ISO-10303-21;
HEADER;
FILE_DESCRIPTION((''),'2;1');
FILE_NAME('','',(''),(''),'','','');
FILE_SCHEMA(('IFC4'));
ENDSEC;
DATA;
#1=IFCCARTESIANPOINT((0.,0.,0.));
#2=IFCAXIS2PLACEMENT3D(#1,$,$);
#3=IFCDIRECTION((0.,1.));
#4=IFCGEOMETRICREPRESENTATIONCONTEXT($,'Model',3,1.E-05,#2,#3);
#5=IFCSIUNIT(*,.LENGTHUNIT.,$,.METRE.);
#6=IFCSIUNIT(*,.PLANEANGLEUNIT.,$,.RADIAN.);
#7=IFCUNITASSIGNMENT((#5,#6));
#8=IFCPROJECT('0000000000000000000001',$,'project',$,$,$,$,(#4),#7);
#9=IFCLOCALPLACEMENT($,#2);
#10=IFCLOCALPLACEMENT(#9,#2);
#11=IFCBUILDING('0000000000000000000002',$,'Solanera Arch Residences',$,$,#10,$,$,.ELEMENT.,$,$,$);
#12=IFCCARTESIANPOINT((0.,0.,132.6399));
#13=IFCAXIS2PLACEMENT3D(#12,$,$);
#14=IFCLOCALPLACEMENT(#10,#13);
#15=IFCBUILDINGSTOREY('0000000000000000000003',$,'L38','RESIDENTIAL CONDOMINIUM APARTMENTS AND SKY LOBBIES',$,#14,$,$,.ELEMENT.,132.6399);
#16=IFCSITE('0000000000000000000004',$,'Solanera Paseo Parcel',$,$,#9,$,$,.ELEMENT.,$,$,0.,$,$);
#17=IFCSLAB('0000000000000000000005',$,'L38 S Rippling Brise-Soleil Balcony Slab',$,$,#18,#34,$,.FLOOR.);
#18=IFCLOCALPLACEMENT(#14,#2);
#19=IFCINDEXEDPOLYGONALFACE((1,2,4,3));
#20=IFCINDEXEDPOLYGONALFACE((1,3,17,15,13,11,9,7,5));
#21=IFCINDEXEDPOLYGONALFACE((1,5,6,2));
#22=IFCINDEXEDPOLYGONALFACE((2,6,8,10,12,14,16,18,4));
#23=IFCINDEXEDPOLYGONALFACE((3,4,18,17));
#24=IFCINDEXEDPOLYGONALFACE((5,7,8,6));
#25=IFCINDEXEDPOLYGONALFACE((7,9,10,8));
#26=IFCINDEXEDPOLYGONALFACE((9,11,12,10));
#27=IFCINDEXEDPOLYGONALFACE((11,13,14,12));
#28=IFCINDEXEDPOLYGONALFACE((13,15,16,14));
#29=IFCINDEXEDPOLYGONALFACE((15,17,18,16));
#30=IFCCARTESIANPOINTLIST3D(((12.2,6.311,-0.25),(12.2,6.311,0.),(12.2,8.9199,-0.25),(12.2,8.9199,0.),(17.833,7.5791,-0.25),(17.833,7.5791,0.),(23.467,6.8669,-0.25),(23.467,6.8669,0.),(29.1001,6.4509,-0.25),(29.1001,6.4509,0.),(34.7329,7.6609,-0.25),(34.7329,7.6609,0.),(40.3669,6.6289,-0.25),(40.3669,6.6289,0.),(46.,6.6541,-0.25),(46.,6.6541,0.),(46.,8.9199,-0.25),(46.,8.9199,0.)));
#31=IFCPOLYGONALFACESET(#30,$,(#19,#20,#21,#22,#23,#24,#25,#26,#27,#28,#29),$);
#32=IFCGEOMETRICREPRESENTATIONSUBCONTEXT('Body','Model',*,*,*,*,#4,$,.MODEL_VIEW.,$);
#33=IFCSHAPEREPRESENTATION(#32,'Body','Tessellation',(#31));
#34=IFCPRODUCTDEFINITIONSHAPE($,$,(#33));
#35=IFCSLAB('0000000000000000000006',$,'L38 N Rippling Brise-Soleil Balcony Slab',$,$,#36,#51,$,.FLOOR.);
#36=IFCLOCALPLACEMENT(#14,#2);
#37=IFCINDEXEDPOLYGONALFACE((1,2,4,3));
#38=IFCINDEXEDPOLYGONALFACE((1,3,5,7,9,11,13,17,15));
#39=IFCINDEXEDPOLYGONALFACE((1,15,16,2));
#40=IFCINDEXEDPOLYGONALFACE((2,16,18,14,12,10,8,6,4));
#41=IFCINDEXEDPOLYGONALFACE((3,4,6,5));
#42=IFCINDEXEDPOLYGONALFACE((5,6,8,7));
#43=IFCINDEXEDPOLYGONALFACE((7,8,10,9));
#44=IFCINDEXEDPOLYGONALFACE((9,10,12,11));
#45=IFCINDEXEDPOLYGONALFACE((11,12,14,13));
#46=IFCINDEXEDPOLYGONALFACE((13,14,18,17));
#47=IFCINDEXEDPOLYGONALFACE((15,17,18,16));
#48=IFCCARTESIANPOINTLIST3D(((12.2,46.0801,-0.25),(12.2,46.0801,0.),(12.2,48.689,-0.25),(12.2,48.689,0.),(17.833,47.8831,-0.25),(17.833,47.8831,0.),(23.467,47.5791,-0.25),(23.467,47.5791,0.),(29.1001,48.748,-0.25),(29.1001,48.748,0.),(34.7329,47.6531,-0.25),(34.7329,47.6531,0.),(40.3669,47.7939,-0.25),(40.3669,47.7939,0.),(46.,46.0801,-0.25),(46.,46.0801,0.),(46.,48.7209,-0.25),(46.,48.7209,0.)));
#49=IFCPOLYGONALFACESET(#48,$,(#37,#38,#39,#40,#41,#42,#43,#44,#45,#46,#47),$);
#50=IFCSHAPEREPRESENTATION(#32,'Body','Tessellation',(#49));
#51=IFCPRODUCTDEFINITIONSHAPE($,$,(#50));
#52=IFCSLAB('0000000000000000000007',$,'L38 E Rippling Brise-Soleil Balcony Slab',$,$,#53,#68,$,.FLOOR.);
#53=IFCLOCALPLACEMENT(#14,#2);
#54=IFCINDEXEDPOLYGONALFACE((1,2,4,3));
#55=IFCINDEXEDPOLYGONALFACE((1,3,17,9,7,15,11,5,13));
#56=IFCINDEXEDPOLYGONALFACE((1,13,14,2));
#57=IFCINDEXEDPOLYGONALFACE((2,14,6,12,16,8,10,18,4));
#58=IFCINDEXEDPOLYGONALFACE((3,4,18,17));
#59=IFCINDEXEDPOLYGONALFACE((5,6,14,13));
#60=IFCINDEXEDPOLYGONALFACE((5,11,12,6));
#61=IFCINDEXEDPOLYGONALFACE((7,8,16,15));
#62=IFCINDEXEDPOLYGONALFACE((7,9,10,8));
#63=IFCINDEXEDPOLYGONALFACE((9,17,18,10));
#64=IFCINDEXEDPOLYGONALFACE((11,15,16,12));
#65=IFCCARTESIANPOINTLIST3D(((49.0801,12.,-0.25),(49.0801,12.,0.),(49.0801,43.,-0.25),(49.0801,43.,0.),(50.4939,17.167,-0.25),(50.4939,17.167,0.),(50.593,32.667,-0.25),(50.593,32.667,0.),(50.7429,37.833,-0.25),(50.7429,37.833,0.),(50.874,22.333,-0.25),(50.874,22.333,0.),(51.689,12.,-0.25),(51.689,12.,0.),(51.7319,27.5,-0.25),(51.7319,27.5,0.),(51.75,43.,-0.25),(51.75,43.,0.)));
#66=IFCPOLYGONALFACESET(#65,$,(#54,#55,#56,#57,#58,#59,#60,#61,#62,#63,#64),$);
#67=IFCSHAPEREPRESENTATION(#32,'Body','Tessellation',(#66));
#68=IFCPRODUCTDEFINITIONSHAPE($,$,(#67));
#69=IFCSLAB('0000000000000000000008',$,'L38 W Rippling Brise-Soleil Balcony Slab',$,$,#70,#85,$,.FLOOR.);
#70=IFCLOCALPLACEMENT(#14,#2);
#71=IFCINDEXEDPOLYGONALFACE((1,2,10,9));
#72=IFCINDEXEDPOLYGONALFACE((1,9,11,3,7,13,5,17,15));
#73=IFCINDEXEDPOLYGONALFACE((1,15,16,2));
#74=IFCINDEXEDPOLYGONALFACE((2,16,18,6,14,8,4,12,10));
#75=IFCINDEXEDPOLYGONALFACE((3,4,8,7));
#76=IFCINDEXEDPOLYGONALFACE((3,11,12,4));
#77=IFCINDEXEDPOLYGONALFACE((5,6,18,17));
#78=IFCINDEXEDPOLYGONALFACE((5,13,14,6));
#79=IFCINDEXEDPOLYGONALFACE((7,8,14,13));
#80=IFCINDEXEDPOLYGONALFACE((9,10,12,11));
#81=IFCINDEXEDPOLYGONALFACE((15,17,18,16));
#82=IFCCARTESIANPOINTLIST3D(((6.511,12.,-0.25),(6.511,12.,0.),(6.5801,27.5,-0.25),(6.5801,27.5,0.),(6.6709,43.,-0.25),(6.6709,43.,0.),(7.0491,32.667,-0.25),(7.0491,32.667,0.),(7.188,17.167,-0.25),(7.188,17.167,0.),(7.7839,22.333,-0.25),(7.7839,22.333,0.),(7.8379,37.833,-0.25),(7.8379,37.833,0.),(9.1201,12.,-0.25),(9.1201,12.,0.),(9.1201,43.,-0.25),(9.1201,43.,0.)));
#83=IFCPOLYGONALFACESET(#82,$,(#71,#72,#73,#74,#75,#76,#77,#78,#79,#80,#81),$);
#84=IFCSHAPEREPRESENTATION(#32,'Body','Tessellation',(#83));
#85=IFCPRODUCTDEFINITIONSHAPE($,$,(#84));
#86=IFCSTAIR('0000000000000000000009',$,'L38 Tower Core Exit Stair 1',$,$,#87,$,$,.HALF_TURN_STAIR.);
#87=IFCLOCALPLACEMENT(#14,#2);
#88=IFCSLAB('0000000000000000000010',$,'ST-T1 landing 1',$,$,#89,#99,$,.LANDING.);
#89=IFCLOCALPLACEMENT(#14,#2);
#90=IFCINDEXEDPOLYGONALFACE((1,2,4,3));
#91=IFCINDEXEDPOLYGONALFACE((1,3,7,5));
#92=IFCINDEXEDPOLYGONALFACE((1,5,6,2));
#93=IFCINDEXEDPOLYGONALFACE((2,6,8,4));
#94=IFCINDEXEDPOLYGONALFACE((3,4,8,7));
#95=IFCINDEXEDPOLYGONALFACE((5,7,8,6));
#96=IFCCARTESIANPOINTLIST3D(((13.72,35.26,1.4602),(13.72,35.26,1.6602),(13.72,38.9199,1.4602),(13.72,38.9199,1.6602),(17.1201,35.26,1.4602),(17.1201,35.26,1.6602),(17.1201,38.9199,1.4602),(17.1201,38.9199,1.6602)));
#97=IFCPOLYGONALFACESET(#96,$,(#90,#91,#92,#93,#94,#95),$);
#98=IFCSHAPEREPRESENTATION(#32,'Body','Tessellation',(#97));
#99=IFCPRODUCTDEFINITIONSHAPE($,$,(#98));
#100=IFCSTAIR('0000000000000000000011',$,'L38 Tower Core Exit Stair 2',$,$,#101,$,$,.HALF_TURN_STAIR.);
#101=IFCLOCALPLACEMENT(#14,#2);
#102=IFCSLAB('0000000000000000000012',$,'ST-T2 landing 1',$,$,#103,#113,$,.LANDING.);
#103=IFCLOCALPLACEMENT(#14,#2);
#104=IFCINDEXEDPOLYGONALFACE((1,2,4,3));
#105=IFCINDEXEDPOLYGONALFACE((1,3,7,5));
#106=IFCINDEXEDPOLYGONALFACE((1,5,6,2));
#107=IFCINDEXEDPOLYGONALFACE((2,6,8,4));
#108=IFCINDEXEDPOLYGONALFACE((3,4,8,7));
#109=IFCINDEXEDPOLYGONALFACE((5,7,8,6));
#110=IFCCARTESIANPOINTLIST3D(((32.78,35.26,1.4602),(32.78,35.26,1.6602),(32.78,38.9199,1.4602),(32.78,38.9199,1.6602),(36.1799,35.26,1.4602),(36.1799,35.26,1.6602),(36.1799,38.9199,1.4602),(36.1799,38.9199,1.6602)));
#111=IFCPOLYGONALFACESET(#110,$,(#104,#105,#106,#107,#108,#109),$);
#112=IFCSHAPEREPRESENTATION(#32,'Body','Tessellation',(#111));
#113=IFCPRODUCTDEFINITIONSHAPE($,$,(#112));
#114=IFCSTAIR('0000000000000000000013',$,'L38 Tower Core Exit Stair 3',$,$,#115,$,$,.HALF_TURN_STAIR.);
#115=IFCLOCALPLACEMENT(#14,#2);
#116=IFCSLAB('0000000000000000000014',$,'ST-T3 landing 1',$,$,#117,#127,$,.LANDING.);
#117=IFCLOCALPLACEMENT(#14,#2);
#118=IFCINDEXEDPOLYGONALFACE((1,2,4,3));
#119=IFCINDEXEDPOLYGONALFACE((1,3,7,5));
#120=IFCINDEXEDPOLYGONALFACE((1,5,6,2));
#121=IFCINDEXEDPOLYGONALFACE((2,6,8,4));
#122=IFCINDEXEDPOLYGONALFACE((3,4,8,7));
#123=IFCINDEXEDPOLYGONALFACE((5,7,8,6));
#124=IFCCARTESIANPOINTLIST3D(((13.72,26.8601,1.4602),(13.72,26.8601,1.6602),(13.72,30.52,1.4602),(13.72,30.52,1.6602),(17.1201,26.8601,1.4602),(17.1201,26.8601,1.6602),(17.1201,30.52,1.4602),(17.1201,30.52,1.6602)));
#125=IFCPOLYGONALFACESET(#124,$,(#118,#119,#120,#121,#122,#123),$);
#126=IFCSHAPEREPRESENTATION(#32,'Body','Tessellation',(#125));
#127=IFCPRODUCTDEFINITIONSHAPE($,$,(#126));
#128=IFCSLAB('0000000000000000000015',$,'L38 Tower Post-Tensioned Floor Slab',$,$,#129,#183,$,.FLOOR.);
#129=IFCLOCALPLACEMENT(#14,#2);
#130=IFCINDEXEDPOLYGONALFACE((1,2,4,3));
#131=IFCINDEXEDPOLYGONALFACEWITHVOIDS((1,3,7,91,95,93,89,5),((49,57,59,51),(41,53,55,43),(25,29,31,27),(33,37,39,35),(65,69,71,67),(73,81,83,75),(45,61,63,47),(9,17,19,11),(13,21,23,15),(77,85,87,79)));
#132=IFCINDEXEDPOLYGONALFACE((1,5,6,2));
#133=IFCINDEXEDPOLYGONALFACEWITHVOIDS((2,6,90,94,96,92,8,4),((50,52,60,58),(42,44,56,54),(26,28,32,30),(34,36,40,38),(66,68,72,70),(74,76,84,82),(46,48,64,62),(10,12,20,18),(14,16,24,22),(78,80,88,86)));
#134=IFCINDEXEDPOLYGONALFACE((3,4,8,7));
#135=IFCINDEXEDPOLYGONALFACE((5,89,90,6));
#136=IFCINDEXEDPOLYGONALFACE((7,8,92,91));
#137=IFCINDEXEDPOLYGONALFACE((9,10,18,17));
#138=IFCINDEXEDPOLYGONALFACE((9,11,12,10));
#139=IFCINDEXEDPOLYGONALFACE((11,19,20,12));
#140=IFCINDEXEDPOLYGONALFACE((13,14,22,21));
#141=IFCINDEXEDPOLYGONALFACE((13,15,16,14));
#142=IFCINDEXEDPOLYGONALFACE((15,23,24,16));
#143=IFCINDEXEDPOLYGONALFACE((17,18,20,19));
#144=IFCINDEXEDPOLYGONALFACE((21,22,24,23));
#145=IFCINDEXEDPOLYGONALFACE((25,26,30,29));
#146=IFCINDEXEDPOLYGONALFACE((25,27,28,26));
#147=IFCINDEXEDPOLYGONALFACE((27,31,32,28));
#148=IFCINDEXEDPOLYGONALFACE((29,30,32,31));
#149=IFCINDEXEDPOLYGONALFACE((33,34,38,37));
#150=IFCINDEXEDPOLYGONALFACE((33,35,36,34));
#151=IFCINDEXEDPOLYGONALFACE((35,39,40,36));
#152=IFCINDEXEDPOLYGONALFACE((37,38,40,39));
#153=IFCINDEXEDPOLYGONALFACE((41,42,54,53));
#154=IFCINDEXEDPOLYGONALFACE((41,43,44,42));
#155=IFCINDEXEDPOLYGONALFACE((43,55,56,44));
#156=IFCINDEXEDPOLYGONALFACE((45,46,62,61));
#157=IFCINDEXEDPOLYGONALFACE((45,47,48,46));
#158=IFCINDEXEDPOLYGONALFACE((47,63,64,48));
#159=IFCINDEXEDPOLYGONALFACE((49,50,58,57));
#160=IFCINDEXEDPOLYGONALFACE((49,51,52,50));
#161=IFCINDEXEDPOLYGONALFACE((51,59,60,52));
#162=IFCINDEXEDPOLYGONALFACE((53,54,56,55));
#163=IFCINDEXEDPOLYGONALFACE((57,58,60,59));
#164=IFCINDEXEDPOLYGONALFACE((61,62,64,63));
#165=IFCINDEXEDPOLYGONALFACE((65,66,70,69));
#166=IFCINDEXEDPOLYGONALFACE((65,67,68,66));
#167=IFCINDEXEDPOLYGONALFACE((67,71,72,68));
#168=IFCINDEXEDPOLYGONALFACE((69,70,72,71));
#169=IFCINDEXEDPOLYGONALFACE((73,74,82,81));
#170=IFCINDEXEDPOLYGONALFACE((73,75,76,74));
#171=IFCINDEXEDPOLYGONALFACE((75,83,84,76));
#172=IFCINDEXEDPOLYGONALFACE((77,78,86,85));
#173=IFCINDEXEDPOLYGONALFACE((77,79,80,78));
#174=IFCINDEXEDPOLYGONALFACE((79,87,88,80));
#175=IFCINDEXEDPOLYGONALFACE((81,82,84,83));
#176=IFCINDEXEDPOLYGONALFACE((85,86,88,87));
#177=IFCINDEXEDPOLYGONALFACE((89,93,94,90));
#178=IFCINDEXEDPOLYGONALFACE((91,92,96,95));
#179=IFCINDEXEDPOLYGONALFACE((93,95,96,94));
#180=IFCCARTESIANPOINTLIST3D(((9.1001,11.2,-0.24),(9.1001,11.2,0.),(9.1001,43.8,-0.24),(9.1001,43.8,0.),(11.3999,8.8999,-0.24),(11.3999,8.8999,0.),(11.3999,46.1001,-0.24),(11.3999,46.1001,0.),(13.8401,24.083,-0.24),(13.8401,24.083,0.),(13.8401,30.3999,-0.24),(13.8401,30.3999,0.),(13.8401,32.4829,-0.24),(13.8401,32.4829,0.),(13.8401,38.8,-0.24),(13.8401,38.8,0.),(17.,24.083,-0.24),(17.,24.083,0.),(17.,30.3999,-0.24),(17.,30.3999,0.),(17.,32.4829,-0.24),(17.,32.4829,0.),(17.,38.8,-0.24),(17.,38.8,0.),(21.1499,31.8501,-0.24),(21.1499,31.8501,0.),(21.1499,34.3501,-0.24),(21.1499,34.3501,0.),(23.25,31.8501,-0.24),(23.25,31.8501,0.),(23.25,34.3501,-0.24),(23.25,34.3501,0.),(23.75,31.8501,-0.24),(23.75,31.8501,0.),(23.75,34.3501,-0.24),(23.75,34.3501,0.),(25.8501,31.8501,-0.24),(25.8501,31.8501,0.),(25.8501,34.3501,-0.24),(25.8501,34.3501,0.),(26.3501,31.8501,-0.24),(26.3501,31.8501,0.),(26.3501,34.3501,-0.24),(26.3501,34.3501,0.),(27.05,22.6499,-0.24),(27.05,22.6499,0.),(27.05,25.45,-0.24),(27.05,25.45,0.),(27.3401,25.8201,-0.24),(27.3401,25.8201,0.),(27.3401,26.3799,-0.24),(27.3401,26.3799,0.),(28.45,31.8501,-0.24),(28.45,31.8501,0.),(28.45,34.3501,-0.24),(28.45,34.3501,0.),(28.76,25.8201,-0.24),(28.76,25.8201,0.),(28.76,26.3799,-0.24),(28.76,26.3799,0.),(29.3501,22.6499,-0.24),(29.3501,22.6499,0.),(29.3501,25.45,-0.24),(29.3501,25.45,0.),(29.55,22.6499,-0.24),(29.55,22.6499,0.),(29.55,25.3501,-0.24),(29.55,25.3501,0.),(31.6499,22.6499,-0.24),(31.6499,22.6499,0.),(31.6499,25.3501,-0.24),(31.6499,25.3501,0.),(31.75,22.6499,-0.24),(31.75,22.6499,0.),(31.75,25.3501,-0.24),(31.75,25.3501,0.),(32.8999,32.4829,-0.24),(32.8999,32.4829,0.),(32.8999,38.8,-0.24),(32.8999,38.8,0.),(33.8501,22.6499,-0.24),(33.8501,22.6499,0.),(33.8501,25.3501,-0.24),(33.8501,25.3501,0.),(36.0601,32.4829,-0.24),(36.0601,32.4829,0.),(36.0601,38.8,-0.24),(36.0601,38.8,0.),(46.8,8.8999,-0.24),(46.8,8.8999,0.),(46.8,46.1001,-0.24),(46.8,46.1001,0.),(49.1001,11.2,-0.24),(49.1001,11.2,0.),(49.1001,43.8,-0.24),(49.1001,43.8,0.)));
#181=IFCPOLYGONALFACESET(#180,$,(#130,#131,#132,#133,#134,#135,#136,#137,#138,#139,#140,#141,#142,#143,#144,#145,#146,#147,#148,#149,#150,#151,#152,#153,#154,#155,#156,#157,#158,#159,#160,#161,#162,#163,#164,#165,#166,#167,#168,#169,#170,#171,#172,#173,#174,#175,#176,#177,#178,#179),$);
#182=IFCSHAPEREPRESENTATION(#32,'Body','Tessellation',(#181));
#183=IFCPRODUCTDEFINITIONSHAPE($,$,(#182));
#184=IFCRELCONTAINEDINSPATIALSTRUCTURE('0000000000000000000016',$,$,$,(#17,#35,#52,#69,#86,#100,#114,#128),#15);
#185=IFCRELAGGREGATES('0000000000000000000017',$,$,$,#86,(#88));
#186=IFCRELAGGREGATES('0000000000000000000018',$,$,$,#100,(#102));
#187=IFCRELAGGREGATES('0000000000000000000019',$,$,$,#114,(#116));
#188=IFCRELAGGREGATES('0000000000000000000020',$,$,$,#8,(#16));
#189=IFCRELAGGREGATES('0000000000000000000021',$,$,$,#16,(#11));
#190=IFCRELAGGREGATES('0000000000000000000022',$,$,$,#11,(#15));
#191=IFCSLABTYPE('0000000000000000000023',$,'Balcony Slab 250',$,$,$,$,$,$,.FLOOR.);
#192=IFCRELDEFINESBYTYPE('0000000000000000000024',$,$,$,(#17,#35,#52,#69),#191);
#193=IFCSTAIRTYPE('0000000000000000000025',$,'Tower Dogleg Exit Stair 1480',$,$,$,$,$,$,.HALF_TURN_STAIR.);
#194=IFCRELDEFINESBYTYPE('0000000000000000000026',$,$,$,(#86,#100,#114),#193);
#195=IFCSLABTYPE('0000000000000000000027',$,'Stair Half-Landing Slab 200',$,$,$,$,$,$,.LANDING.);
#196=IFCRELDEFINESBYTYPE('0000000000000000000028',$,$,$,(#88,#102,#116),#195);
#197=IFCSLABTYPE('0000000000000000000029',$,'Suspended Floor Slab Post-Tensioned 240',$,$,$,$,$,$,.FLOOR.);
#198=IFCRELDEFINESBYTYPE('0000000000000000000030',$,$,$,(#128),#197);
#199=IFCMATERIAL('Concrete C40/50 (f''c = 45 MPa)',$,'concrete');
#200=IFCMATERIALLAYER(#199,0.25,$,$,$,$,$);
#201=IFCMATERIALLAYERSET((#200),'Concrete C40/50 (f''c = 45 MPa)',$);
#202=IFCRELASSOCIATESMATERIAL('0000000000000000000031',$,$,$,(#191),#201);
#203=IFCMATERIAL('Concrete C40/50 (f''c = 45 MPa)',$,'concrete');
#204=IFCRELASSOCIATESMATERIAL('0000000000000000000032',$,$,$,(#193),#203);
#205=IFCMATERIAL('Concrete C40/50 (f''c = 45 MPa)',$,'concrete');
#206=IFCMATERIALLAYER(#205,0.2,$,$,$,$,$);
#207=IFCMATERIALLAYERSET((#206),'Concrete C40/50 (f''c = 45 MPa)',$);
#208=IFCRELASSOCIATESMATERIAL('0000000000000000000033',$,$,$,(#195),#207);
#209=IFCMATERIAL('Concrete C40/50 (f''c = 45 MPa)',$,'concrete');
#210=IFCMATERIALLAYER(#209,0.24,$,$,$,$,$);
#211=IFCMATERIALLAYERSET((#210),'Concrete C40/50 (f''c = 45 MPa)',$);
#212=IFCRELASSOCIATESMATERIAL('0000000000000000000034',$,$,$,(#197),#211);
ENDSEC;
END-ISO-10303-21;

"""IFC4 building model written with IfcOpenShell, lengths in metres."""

from ifc_helpers import new_model, si_unit, direction, frame, origin, place, context, subcontext, project, spatial, polyline, outline, extrude, material, layer, layer_set, type_object, element, aggregate, save


model = new_model("IFC4")

# Units and contexts
model_context = context("Model", 3, precision=1e-05, world=origin(), true_north=direction((0.0, 1.0)))
body_context = subcontext(model_context, "Body", "Model", "MODEL_VIEW")
ifc_project = project(units=[si_unit("LENGTHUNIT", "METRE"), si_unit("PLANEANGLEUNIT", "RADIAN")], contexts=[model_context])

# Site, building, storey
site_placement = place(None, origin())
site = spatial("IfcSite", under=ifc_project, at=site_placement, Name="Solanera Paseo Parcel", CompositionType="ELEMENT", RefElevation=0.0)
building_placement = place(site_placement, origin())
building = spatial("IfcBuilding", under=site, at=building_placement, Name="Solanera Arch Residences", CompositionType="ELEMENT")
storey_placement = place(building_placement, frame((0.0, 0.0, 132.6399)))
storey = spatial("IfcBuildingStorey", under=building, at=storey_placement, Name="L38", Description="RESIDENTIAL CONDOMINIUM APARTMENTS AND SKY LOBBIES", CompositionType="ELEMENT", Elevation=132.6399)

# Slabs
ifc_material_1 = material(Name="Concrete C40/50 (f'c = 45 MPa)", Category="concrete")
ifc_layer_1 = layer(ifc_material_1, 0.25)
ifc_layer_set_1 = layer_set([ifc_layer_1], Name="Concrete C40/50 (f'c = 45 MPa)")
slab_type_1 = type_object("IfcSlabType", Name="Balcony Slab 250", PredefinedType="FLOOR", material=ifc_layer_set_1)
slab_1_placement = place(storey_placement, frame((0.0, 0.0, -0.25)))
element("IfcSlab", 1, at=slab_1_placement, inside=storey, type_object=slab_type_1, Name="L38 S Rippling Brise-Soleil Balcony Slab", PredefinedType="FLOOR", context=body_context, shape_type="SweptSolid", body=[
    extrude(outline(polyline([(12.2, 6.311), (17.833, 7.5791), (23.467, 6.8669), (29.1001, 6.4509), (34.7329, 7.6609), (40.3669, 6.6289), (46.0, 6.6541), (46.0, 8.9199), (12.2, 8.9199), (12.2, 6.311)])), origin(), (0.0, 0.0, 1.0), 0.25),
])
slab_2_placement = place(storey_placement, frame((0.0, 0.0, -0.25)))
element("IfcSlab", 2, at=slab_2_placement, inside=storey, type_object=slab_type_1, Name="L38 N Rippling Brise-Soleil Balcony Slab", PredefinedType="FLOOR", context=body_context, shape_type="SweptSolid", body=[
    extrude(outline(polyline([(46.0, 48.7209), (40.3669, 47.7939), (34.7329, 47.6531), (29.1001, 48.748), (23.467, 47.5791), (17.833, 47.8831), (12.2, 48.689), (12.2, 46.0801), (46.0, 46.0801), (46.0, 48.7209)])), origin(), (0.0, 0.0, 1.0), 0.25),
])
slab_3_placement = place(storey_placement, frame((0.0, 0.0, -0.25)))
element("IfcSlab", 3, at=slab_3_placement, inside=storey, type_object=slab_type_1, Name="L38 E Rippling Brise-Soleil Balcony Slab", PredefinedType="FLOOR", context=body_context, shape_type="SweptSolid", body=[
    extrude(outline(polyline([(51.689, 12.0), (50.4939, 17.167), (50.874, 22.333), (51.7319, 27.5), (50.593, 32.667), (50.7429, 37.833), (51.75, 43.0), (49.0801, 43.0), (49.0801, 12.0), (51.689, 12.0)])), origin(), (0.0, 0.0, 1.0), 0.25),
])
slab_4_placement = place(storey_placement, frame((0.0, 0.0, -0.25)))
element("IfcSlab", 4, at=slab_4_placement, inside=storey, type_object=slab_type_1, Name="L38 W Rippling Brise-Soleil Balcony Slab", PredefinedType="FLOOR", context=body_context, shape_type="SweptSolid", body=[
    extrude(outline(polyline([(6.6709, 43.0), (7.8379, 37.833), (7.0491, 32.667), (6.5801, 27.5), (7.7839, 22.333), (7.188, 17.167), (6.511, 12.0), (9.1201, 12.0), (9.1201, 43.0), (6.6709, 43.0)])), origin(), (0.0, 0.0, 1.0), 0.25),
])

# Stairs, slabs
ifc_material_2 = material(Name="Concrete C40/50 (f'c = 45 MPa)", Category="concrete")
stair_type = type_object("IfcStairType", Name="Tower Dogleg Exit Stair 1480", PredefinedType="HALF_TURN_STAIR", material=ifc_material_2)
stair_1_placement = place(storey_placement, origin())
stair_1 = element("IfcStair", 5, at=stair_1_placement, inside=storey, type_object=stair_type, Name="L38 Tower Core Exit Stair 1", PredefinedType="HALF_TURN_STAIR")
ifc_material_3 = material(Name="Concrete C40/50 (f'c = 45 MPa)", Category="concrete")
ifc_layer_2 = layer(ifc_material_3, 0.2)
ifc_layer_set_2 = layer_set([ifc_layer_2], Name="Concrete C40/50 (f'c = 45 MPa)")
slab_type_2 = type_object("IfcSlabType", Name="Stair Half-Landing Slab 200", PredefinedType="LANDING", material=ifc_layer_set_2)
slab_5_placement = place(storey_placement, frame((0.0, 0.0, 1.4602)))
slab_5 = element("IfcSlab", 6, at=slab_5_placement, type_object=slab_type_2, Name="ST-T1 landing 1", PredefinedType="LANDING", context=body_context, shape_type="SweptSolid", body=[
    extrude(outline(polyline([(17.1201, 35.26), (17.1201, 38.9199), (13.72, 38.9199), (13.72, 35.26), (17.1201, 35.26)])), origin(), (0.0, 0.0, 1.0), 0.2),
])
aggregate(stair_1, [slab_5])
stair_2_placement = place(storey_placement, origin())
stair_2 = element("IfcStair", 7, at=stair_2_placement, inside=storey, type_object=stair_type, Name="L38 Tower Core Exit Stair 2", PredefinedType="HALF_TURN_STAIR")
slab_6_placement = place(storey_placement, frame((0.0, 0.0, 1.4602)))
slab_6 = element("IfcSlab", 8, at=slab_6_placement, type_object=slab_type_2, Name="ST-T2 landing 1", PredefinedType="LANDING", context=body_context, shape_type="SweptSolid", body=[
    extrude(outline(polyline([(36.1799, 35.26), (36.1799, 38.9199), (32.78, 38.9199), (32.78, 35.26), (36.1799, 35.26)])), origin(), (0.0, 0.0, 1.0), 0.2),
])
aggregate(stair_2, [slab_6])
stair_3_placement = place(storey_placement, origin())
stair_3 = element("IfcStair", 9, at=stair_3_placement, inside=storey, type_object=stair_type, Name="L38 Tower Core Exit Stair 3", PredefinedType="HALF_TURN_STAIR")
slab_7_placement = place(storey_placement, frame((0.0, 0.0, 1.4602)))
slab_7 = element("IfcSlab", 10, at=slab_7_placement, type_object=slab_type_2, Name="ST-T3 landing 1", PredefinedType="LANDING", context=body_context, shape_type="SweptSolid", body=[
    extrude(outline(polyline([(17.1201, 26.8601), (17.1201, 30.52), (13.72, 30.52), (13.72, 26.8601), (17.1201, 26.8601)])), origin(), (0.0, 0.0, 1.0), 0.2),
])
aggregate(stair_3, [slab_7])

# Slab
ifc_material_4 = material(Name="Concrete C40/50 (f'c = 45 MPa)", Category="concrete")
ifc_layer_3 = layer(ifc_material_4, 0.24)
ifc_layer_set_3 = layer_set([ifc_layer_3], Name="Concrete C40/50 (f'c = 45 MPa)")
slab_type_3 = type_object("IfcSlabType", Name="Suspended Floor Slab Post-Tensioned 240", PredefinedType="FLOOR", material=ifc_layer_set_3)
slab_8_placement = place(storey_placement, frame((0.0, 0.0, -0.24)))
element("IfcSlab", 11, at=slab_8_placement, inside=storey, type_object=slab_type_3, Name="L38 Tower Post-Tensioned Floor Slab", PredefinedType="FLOOR", context=body_context, shape_type="SweptSolid", body=[
    extrude(outline(polyline([(11.3999, 8.8999), (46.8, 8.8999), (49.1001, 11.2), (49.1001, 43.8), (46.8, 46.1001), (11.3999, 46.1001), (9.1001, 43.8), (9.1001, 11.2), (11.3999, 8.8999)]), holes=[polyline([(13.8401, 32.4829), (13.8401, 38.8), (17.0, 38.8), (17.0, 32.4829), (13.8401, 32.4829)]), polyline([(32.8999, 32.4829), (32.8999, 38.8), (36.0601, 38.8), (36.0601, 32.4829), (32.8999, 32.4829)]), polyline([(13.8401, 24.083), (13.8401, 30.3999), (17.0, 30.3999), (17.0, 24.083), (13.8401, 24.083)]), polyline([(21.1499, 34.3501), (23.25, 34.3501), (23.25, 31.8501), (21.1499, 31.8501), (21.1499, 34.3501)]), polyline([(23.75, 34.3501), (25.8501, 34.3501), (25.8501, 31.8501), (23.75, 31.8501), (23.75, 34.3501)]), polyline([(26.3501, 34.3501), (28.45, 34.3501), (28.45, 31.8501), (26.3501, 31.8501), (26.3501, 34.3501)]), polyline([(29.55, 25.3501), (31.6499, 25.3501), (31.6499, 22.6499), (29.55, 22.6499), (29.55, 25.3501)]), polyline([(31.75, 25.3501), (33.8501, 25.3501), (33.8501, 22.6499), (31.75, 22.6499), (31.75, 25.3501)]), polyline([(27.05, 25.45), (29.3501, 25.45), (29.3501, 22.6499), (27.05, 22.6499), (27.05, 25.45)]), polyline([(27.3401, 26.3799), (28.76, 26.3799), (28.76, 25.8201), (27.3401, 25.8201), (27.3401, 26.3799)])]), origin(), (0.0, 0.0, 1.0), 0.24),
])

save(model, "model.ifc")
